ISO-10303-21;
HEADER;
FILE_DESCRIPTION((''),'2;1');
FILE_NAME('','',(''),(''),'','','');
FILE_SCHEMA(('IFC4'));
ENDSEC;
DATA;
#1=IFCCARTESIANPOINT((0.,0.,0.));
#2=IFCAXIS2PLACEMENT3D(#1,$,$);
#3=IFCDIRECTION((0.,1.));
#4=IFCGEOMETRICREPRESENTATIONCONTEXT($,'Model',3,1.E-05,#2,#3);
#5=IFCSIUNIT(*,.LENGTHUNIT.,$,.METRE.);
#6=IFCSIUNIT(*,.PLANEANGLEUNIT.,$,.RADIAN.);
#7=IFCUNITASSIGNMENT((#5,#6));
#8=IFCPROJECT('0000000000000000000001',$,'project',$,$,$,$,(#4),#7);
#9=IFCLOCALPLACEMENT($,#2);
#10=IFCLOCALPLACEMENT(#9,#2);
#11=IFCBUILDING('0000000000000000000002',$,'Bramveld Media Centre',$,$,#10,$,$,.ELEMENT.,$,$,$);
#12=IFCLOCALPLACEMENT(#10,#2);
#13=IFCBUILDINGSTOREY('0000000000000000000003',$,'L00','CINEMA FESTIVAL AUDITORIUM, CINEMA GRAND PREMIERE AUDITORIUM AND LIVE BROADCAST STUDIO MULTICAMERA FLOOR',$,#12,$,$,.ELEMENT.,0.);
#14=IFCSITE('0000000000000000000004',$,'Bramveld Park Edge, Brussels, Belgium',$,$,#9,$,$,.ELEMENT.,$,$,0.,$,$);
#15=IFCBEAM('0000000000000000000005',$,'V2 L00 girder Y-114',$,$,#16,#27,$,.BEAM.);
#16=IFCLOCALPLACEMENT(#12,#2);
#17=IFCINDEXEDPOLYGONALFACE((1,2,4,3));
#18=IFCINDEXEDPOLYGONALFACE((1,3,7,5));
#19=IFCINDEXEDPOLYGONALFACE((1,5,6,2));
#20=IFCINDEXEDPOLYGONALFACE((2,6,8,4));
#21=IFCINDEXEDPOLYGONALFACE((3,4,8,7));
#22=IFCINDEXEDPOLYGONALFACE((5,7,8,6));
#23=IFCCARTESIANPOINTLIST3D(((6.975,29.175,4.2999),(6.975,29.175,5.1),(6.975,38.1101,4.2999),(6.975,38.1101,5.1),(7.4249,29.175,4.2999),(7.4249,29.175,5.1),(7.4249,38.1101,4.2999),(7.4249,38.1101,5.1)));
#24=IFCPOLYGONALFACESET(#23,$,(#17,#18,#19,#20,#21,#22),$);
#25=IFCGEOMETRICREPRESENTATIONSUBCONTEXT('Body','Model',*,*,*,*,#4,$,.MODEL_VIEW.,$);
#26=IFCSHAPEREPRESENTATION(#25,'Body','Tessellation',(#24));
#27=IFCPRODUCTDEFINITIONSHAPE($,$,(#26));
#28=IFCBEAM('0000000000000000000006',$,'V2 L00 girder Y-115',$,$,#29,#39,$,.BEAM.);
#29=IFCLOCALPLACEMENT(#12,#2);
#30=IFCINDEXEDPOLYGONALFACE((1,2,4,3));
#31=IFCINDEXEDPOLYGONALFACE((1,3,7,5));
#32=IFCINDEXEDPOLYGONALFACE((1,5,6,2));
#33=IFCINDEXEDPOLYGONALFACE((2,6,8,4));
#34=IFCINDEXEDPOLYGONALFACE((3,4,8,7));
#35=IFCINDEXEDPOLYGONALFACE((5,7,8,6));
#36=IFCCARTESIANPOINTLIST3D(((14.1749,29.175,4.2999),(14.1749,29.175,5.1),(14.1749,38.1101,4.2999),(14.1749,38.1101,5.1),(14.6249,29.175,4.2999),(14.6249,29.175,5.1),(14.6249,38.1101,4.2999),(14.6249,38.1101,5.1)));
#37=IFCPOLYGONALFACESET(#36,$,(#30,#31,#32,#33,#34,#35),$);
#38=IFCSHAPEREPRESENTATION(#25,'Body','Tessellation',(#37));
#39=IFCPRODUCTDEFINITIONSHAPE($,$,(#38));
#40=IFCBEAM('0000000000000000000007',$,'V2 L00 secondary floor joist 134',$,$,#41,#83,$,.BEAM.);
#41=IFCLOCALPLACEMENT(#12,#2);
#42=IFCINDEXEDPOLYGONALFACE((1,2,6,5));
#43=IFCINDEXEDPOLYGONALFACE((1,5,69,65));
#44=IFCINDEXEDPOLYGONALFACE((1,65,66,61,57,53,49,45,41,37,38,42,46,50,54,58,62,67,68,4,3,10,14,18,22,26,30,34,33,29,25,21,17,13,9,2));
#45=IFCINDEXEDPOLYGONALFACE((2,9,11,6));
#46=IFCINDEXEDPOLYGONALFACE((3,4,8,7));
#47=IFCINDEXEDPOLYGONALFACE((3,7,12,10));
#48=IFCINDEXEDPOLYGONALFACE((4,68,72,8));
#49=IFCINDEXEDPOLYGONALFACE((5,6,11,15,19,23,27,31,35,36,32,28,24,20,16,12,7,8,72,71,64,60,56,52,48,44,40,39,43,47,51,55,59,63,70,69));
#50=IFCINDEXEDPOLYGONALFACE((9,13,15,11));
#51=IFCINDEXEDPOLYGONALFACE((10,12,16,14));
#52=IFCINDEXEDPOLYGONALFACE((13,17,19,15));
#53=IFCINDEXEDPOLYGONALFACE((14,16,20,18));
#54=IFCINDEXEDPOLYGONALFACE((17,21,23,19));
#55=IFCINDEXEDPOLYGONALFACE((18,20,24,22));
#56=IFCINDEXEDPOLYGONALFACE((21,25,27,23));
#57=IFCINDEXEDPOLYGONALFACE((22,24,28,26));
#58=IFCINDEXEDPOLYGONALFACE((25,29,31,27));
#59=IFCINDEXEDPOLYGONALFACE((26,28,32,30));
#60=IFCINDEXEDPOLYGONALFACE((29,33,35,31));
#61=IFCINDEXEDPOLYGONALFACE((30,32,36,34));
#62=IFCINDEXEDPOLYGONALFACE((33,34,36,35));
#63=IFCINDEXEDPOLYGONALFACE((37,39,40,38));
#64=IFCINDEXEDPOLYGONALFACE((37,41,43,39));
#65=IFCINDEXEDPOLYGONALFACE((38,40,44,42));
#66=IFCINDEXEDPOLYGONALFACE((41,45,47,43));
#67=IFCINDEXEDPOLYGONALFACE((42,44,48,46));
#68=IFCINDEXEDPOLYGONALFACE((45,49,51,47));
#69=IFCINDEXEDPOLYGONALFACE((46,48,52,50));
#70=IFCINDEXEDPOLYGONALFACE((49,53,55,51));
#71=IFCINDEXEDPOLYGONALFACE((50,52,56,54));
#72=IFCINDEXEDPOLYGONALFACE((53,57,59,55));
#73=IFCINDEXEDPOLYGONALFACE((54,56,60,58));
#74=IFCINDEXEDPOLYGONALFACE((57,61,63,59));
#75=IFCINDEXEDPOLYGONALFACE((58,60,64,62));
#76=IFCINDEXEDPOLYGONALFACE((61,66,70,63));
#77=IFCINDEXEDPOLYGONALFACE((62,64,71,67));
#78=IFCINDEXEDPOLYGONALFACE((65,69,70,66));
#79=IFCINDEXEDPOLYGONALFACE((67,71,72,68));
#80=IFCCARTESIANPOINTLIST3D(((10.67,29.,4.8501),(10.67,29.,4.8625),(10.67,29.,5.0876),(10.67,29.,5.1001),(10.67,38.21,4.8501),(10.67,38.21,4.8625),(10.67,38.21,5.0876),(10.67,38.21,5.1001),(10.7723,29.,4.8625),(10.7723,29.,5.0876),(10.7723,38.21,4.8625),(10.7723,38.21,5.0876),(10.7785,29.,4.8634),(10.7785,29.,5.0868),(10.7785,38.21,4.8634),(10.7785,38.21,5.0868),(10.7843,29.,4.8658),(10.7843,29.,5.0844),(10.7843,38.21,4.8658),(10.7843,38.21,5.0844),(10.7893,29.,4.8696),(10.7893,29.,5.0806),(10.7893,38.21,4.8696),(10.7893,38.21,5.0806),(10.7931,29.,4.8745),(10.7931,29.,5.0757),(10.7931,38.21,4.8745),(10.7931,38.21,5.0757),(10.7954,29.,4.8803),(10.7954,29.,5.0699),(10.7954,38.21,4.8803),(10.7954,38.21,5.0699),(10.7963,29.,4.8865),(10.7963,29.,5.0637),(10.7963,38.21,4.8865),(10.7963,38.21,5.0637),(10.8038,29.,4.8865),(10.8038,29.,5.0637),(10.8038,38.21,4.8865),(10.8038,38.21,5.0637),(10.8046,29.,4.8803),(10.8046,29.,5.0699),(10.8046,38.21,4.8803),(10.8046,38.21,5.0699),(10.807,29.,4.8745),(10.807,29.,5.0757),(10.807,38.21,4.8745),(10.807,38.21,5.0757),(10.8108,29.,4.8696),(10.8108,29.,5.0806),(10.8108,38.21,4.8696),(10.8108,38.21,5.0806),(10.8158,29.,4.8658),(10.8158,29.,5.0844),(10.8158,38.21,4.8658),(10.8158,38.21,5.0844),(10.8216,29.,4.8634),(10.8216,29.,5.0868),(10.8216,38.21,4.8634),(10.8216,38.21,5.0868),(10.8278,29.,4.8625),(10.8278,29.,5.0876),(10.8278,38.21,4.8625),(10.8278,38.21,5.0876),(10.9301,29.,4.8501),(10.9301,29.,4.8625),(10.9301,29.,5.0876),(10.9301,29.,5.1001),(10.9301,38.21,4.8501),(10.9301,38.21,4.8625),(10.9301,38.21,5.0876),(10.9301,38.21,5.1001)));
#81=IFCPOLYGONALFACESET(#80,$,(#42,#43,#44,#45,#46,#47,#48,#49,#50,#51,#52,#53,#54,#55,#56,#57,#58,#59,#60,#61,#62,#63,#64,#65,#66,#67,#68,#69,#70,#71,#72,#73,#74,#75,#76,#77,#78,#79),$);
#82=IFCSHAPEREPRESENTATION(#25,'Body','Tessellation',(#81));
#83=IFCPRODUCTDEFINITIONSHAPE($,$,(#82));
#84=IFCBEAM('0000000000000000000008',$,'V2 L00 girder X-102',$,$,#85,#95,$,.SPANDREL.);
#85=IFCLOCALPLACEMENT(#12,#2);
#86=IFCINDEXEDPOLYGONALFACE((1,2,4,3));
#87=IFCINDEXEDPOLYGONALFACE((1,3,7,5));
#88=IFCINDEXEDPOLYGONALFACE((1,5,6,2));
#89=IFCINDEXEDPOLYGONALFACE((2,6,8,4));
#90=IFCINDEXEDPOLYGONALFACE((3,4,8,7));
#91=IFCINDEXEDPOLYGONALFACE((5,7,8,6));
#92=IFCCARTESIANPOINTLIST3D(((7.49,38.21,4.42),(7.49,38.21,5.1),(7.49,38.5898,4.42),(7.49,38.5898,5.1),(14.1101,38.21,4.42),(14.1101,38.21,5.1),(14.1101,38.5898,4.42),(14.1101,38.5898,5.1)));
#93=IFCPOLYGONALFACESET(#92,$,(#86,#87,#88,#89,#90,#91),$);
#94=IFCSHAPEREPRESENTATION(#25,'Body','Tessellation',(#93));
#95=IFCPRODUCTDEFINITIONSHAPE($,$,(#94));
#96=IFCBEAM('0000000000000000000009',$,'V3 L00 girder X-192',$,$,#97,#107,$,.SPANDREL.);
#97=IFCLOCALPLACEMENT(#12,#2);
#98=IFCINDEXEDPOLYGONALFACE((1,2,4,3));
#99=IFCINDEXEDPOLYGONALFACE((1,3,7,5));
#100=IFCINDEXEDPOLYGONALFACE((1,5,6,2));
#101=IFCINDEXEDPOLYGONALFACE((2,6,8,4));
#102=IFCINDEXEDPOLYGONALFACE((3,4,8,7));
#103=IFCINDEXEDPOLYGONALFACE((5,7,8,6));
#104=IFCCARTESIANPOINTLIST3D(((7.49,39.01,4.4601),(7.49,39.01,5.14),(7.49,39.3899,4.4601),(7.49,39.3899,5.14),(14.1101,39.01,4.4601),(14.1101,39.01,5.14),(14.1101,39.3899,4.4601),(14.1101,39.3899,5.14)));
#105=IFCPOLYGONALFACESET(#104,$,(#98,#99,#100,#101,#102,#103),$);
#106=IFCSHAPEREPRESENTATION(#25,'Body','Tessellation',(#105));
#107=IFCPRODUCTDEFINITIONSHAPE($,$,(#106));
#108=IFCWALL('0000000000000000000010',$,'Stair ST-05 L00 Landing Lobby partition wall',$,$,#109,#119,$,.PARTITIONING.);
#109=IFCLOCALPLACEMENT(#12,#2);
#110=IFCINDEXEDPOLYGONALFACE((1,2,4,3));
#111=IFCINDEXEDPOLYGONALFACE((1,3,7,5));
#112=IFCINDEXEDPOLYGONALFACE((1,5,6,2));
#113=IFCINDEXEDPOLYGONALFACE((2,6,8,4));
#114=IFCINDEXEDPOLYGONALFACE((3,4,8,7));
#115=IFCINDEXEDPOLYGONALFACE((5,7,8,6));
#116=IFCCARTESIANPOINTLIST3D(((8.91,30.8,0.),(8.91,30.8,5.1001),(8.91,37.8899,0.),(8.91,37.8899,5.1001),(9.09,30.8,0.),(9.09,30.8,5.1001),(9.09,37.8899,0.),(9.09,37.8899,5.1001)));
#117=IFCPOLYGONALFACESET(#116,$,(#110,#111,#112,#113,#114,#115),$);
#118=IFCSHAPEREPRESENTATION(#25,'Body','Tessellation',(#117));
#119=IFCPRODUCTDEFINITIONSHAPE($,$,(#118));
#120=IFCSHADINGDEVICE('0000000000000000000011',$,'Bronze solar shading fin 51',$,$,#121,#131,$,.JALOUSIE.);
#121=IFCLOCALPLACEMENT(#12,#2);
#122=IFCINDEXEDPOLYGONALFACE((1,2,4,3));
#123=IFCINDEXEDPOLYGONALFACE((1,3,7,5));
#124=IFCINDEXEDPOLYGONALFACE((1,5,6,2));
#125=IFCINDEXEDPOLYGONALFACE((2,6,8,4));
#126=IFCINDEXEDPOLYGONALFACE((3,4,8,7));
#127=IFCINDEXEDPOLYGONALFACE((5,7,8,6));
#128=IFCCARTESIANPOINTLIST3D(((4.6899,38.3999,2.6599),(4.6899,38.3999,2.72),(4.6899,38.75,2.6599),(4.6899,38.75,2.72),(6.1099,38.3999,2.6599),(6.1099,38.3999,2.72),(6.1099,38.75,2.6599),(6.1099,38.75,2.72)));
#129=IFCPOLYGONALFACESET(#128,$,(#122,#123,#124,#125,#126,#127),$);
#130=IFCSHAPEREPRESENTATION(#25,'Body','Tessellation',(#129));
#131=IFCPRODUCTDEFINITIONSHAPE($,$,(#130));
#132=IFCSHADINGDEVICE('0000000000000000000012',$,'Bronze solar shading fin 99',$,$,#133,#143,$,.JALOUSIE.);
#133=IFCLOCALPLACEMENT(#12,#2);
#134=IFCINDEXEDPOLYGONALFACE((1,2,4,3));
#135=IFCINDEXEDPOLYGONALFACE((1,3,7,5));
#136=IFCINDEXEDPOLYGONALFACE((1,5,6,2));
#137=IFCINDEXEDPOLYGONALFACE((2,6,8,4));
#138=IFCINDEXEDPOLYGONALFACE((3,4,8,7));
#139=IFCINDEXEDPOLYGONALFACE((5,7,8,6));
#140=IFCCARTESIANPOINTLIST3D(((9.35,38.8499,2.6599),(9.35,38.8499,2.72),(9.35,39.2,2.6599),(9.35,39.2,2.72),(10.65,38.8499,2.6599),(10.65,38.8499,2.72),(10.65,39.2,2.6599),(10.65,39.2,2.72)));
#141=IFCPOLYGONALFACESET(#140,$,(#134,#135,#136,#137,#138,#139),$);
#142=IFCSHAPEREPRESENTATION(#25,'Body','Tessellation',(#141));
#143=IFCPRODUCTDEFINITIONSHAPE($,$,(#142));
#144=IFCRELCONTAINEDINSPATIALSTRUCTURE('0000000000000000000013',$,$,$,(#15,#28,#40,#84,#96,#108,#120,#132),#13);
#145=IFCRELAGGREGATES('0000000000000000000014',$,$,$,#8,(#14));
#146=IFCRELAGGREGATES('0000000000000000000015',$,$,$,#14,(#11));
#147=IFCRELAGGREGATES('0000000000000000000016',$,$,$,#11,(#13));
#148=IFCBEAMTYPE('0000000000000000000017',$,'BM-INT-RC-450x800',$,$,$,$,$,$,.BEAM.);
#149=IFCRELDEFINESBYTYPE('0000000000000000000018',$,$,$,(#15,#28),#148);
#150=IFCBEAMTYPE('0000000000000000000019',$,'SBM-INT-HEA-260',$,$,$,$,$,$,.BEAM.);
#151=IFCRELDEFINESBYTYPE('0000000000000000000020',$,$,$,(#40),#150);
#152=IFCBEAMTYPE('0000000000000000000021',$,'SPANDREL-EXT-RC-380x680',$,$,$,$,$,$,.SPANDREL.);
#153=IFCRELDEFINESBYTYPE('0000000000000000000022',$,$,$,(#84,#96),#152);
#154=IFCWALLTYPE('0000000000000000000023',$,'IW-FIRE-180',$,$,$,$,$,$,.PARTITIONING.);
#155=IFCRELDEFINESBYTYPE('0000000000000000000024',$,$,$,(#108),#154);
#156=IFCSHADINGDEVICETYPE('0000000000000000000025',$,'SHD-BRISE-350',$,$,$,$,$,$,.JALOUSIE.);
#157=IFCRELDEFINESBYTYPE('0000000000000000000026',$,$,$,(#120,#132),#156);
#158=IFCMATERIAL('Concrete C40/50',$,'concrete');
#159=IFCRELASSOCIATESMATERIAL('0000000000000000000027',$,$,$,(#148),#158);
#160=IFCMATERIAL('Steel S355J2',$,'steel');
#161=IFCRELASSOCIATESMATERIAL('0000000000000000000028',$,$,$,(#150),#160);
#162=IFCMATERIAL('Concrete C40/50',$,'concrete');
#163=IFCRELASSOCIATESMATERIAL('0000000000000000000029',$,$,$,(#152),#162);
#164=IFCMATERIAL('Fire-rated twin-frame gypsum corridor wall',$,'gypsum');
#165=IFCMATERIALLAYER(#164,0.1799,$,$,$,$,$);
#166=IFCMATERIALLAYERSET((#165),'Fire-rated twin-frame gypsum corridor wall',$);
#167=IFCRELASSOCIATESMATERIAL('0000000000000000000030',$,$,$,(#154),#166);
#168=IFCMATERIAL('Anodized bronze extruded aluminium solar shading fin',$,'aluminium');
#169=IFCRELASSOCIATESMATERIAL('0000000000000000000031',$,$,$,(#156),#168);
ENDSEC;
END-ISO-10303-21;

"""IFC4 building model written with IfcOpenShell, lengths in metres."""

from ifc_helpers import new_model, si_unit, direction, frame, frame_2d, origin, origin_2d, place, context, subcontext, project, spatial, rectangle, i_section, extrude, material, layer, layer_set, material_profile, profile_set, type_object, element, save


model = new_model("IFC4")

# Units and contexts
model_context = context("Model", 3, precision=1e-05, world=origin(), true_north=direction((0.0, 1.0)))
body_context = subcontext(model_context, "Body", "Model", "MODEL_VIEW")
ifc_project = project(units=[si_unit("LENGTHUNIT", "METRE"), si_unit("PLANEANGLEUNIT", "RADIAN")], contexts=[model_context])

# Site, building, storey
site_placement = place(None, origin())
site = spatial("IfcSite", under=ifc_project, at=site_placement, Name="Bramveld Park Edge, Brussels, Belgium", CompositionType="ELEMENT", RefElevation=0.0)
building_placement = place(site_placement, origin())
building = spatial("IfcBuilding", under=site, at=building_placement, Name="Bramveld Media Centre", CompositionType="ELEMENT")
storey_placement = place(building_placement, origin())
storey = spatial("IfcBuildingStorey", under=building, at=storey_placement, Name="L00", Description="CINEMA FESTIVAL AUDITORIUM, CINEMA GRAND PREMIERE AUDITORIUM AND LIVE BROADCAST STUDIO MULTICAMERA FLOOR", CompositionType="ELEMENT", Elevation=0.0)

# Beams
ifc_material_1 = material(Name="Concrete C40/50", Category="concrete")
ifc_material_profile_1 = material_profile(ifc_material_1, rectangle(XDim=0.45, YDim=0.8, at=origin_2d()), Name="RC 450x800")
ifc_profile_set_1 = profile_set([ifc_material_profile_1], Name="Concrete C40/50")
beam_type_1 = type_object("IfcBeamType", Name="BM-INT-RC-450x800", PredefinedType="BEAM", material=ifc_profile_set_1)
for number, where, z_axis, x_axis, name in (
    (1, (7.2, 29.175, 4.7), (0.0, 1.0, 0.0), (-1.0, 0.0, 0.0), "V2 L00 girder Y-114"),
    (2, (14.3999, 29.175, 4.7), (0.0, 1.0, 0.0), (-1.0, 0.0, 0.0), "V2 L00 girder Y-115"),
):
    element("IfcBeam", number, at=place(storey_placement, frame(where, z_axis=z_axis, x_axis=x_axis)), inside=storey, type_object=beam_type_1, Name=name, PredefinedType="BEAM", context=body_context, shape_type="SweptSolid", body=[
        extrude(rectangle(XDim=0.45, YDim=0.8, at=origin_2d()), origin(), (0.0, 0.0, 1.0), 8.9351),
    ])
ifc_material_2 = material(Name="Steel S355J2", Category="steel")
ifc_material_profile_2 = material_profile(ifc_material_2, i_section(OverallWidth=0.26, OverallDepth=0.25, WebThickness=0.0076, FlangeThickness=0.0125, FilletRadius=0.0239, at=origin_2d()), Name="HEA 260")
ifc_profile_set_2 = profile_set([ifc_material_profile_2], Name="Steel S355J2")
beam_type_2 = type_object("IfcBeamType", Name="SBM-INT-HEA-260", PredefinedType="BEAM", material=ifc_profile_set_2)
beam_1_placement = place(storey_placement, frame((10.8, 29.0, 4.9751), z_axis=(0.0, 1.0, 0.0), x_axis=(-1.0, 0.0, 0.0)))
element("IfcBeam", 3, at=beam_1_placement, inside=storey, type_object=beam_type_2, Name="V2 L00 secondary floor joist 134", PredefinedType="BEAM", context=body_context, shape_type="SweptSolid", body=[
    extrude(i_section(OverallWidth=0.26, OverallDepth=0.25, WebThickness=0.0076, FlangeThickness=0.0125, FilletRadius=0.0239, at=origin_2d()), origin(), (0.0, 0.0, 1.0), 9.21),
])
ifc_material_3 = material(Name="Concrete C40/50", Category="concrete")
ifc_material_profile_3 = material_profile(ifc_material_3, rectangle(XDim=0.3799, YDim=0.6799, at=origin_2d()), Name="RC 380x680")
ifc_profile_set_3 = profile_set([ifc_material_profile_3], Name="Concrete C40/50")
beam_type_3 = type_object("IfcBeamType", Name="SPANDREL-EXT-RC-380x680", PredefinedType="SPANDREL", material=ifc_profile_set_3)
for number, where, z_axis, x_axis, name in (
    (4, (7.49, 38.3999, 4.76), (1.0, 0.0, 0.0), (0.0, 1.0, 0.0), "V2 L00 girder X-102"),
    (5, (7.49, 39.2, 4.8), (1.0, 0.0, 0.0), (0.0, 1.0, 0.0), "V3 L00 girder X-192"),
):
    element("IfcBeam", number, at=place(storey_placement, frame(where, z_axis=z_axis, x_axis=x_axis)), inside=storey, type_object=beam_type_3, Name=name, PredefinedType="SPANDREL", context=body_context, shape_type="SweptSolid", body=[
        extrude(rectangle(XDim=0.3799, YDim=0.6799, at=origin_2d()), origin(), (0.0, 0.0, 1.0), 6.6201),
    ])

# Wall
ifc_material_4 = material(Name="Fire-rated twin-frame gypsum corridor wall", Category="gypsum")
ifc_layer = layer(ifc_material_4, 0.1799)
ifc_layer_set = layer_set([ifc_layer], Name="Fire-rated twin-frame gypsum corridor wall")
wall_type = type_object("IfcWallType", Name="IW-FIRE-180", PredefinedType="PARTITIONING", material=ifc_layer_set)
wall_placement = place(storey_placement, frame((9.0, 30.8, 0.0), z_axis=(0.0, 0.0, 1.0), x_axis=(0.0, 1.0, 0.0)))
element("IfcWall", 6, at=wall_placement, inside=storey, type_object=wall_type, Name="Stair ST-05 L00 Landing Lobby partition wall", PredefinedType="PARTITIONING", context=body_context, shape_type="SweptSolid", body=[
    extrude(rectangle(XDim=7.0898, YDim=0.1799, at=frame_2d((3.5449, 0.0))), origin(), (0.0, 0.0, 1.0), 5.1001),
])

# Shading devices
ifc_material_5 = material(Name="Anodized bronze extruded aluminium solar shading fin", Category="aluminium")
shading_device_type = type_object("IfcShadingDeviceType", Name="SHD-BRISE-350", PredefinedType="JALOUSIE", material=ifc_material_5)
shading_device_1_placement = place(storey_placement, frame((5.3999, 38.575, 2.6599), z_axis=(0.0, 0.0, 1.0), x_axis=(1.0, 0.0, 0.0)))
element("IfcShadingDevice", 7, at=shading_device_1_placement, inside=storey, type_object=shading_device_type, Name="Bronze solar shading fin 51", PredefinedType="JALOUSIE", context=body_context, shape_type="SweptSolid", body=[
    extrude(rectangle(XDim=1.4199, YDim=0.3501, at=origin_2d()), origin(), (0.0, 0.0, 1.0), 0.0601),
])
shading_device_2_placement = place(storey_placement, frame((10.0, 39.0249, 2.6599), z_axis=(0.0, 0.0, 1.0), x_axis=(1.0, 0.0, 0.0)))
element("IfcShadingDevice", 8, at=shading_device_2_placement, inside=storey, type_object=shading_device_type, Name="Bronze solar shading fin 99", PredefinedType="JALOUSIE", context=body_context, shape_type="SweptSolid", body=[
    extrude(rectangle(XDim=1.3, YDim=0.3501, at=origin_2d()), origin(), (0.0, 0.0, 1.0), 0.0601),
])

save(model, "model.ifc")
